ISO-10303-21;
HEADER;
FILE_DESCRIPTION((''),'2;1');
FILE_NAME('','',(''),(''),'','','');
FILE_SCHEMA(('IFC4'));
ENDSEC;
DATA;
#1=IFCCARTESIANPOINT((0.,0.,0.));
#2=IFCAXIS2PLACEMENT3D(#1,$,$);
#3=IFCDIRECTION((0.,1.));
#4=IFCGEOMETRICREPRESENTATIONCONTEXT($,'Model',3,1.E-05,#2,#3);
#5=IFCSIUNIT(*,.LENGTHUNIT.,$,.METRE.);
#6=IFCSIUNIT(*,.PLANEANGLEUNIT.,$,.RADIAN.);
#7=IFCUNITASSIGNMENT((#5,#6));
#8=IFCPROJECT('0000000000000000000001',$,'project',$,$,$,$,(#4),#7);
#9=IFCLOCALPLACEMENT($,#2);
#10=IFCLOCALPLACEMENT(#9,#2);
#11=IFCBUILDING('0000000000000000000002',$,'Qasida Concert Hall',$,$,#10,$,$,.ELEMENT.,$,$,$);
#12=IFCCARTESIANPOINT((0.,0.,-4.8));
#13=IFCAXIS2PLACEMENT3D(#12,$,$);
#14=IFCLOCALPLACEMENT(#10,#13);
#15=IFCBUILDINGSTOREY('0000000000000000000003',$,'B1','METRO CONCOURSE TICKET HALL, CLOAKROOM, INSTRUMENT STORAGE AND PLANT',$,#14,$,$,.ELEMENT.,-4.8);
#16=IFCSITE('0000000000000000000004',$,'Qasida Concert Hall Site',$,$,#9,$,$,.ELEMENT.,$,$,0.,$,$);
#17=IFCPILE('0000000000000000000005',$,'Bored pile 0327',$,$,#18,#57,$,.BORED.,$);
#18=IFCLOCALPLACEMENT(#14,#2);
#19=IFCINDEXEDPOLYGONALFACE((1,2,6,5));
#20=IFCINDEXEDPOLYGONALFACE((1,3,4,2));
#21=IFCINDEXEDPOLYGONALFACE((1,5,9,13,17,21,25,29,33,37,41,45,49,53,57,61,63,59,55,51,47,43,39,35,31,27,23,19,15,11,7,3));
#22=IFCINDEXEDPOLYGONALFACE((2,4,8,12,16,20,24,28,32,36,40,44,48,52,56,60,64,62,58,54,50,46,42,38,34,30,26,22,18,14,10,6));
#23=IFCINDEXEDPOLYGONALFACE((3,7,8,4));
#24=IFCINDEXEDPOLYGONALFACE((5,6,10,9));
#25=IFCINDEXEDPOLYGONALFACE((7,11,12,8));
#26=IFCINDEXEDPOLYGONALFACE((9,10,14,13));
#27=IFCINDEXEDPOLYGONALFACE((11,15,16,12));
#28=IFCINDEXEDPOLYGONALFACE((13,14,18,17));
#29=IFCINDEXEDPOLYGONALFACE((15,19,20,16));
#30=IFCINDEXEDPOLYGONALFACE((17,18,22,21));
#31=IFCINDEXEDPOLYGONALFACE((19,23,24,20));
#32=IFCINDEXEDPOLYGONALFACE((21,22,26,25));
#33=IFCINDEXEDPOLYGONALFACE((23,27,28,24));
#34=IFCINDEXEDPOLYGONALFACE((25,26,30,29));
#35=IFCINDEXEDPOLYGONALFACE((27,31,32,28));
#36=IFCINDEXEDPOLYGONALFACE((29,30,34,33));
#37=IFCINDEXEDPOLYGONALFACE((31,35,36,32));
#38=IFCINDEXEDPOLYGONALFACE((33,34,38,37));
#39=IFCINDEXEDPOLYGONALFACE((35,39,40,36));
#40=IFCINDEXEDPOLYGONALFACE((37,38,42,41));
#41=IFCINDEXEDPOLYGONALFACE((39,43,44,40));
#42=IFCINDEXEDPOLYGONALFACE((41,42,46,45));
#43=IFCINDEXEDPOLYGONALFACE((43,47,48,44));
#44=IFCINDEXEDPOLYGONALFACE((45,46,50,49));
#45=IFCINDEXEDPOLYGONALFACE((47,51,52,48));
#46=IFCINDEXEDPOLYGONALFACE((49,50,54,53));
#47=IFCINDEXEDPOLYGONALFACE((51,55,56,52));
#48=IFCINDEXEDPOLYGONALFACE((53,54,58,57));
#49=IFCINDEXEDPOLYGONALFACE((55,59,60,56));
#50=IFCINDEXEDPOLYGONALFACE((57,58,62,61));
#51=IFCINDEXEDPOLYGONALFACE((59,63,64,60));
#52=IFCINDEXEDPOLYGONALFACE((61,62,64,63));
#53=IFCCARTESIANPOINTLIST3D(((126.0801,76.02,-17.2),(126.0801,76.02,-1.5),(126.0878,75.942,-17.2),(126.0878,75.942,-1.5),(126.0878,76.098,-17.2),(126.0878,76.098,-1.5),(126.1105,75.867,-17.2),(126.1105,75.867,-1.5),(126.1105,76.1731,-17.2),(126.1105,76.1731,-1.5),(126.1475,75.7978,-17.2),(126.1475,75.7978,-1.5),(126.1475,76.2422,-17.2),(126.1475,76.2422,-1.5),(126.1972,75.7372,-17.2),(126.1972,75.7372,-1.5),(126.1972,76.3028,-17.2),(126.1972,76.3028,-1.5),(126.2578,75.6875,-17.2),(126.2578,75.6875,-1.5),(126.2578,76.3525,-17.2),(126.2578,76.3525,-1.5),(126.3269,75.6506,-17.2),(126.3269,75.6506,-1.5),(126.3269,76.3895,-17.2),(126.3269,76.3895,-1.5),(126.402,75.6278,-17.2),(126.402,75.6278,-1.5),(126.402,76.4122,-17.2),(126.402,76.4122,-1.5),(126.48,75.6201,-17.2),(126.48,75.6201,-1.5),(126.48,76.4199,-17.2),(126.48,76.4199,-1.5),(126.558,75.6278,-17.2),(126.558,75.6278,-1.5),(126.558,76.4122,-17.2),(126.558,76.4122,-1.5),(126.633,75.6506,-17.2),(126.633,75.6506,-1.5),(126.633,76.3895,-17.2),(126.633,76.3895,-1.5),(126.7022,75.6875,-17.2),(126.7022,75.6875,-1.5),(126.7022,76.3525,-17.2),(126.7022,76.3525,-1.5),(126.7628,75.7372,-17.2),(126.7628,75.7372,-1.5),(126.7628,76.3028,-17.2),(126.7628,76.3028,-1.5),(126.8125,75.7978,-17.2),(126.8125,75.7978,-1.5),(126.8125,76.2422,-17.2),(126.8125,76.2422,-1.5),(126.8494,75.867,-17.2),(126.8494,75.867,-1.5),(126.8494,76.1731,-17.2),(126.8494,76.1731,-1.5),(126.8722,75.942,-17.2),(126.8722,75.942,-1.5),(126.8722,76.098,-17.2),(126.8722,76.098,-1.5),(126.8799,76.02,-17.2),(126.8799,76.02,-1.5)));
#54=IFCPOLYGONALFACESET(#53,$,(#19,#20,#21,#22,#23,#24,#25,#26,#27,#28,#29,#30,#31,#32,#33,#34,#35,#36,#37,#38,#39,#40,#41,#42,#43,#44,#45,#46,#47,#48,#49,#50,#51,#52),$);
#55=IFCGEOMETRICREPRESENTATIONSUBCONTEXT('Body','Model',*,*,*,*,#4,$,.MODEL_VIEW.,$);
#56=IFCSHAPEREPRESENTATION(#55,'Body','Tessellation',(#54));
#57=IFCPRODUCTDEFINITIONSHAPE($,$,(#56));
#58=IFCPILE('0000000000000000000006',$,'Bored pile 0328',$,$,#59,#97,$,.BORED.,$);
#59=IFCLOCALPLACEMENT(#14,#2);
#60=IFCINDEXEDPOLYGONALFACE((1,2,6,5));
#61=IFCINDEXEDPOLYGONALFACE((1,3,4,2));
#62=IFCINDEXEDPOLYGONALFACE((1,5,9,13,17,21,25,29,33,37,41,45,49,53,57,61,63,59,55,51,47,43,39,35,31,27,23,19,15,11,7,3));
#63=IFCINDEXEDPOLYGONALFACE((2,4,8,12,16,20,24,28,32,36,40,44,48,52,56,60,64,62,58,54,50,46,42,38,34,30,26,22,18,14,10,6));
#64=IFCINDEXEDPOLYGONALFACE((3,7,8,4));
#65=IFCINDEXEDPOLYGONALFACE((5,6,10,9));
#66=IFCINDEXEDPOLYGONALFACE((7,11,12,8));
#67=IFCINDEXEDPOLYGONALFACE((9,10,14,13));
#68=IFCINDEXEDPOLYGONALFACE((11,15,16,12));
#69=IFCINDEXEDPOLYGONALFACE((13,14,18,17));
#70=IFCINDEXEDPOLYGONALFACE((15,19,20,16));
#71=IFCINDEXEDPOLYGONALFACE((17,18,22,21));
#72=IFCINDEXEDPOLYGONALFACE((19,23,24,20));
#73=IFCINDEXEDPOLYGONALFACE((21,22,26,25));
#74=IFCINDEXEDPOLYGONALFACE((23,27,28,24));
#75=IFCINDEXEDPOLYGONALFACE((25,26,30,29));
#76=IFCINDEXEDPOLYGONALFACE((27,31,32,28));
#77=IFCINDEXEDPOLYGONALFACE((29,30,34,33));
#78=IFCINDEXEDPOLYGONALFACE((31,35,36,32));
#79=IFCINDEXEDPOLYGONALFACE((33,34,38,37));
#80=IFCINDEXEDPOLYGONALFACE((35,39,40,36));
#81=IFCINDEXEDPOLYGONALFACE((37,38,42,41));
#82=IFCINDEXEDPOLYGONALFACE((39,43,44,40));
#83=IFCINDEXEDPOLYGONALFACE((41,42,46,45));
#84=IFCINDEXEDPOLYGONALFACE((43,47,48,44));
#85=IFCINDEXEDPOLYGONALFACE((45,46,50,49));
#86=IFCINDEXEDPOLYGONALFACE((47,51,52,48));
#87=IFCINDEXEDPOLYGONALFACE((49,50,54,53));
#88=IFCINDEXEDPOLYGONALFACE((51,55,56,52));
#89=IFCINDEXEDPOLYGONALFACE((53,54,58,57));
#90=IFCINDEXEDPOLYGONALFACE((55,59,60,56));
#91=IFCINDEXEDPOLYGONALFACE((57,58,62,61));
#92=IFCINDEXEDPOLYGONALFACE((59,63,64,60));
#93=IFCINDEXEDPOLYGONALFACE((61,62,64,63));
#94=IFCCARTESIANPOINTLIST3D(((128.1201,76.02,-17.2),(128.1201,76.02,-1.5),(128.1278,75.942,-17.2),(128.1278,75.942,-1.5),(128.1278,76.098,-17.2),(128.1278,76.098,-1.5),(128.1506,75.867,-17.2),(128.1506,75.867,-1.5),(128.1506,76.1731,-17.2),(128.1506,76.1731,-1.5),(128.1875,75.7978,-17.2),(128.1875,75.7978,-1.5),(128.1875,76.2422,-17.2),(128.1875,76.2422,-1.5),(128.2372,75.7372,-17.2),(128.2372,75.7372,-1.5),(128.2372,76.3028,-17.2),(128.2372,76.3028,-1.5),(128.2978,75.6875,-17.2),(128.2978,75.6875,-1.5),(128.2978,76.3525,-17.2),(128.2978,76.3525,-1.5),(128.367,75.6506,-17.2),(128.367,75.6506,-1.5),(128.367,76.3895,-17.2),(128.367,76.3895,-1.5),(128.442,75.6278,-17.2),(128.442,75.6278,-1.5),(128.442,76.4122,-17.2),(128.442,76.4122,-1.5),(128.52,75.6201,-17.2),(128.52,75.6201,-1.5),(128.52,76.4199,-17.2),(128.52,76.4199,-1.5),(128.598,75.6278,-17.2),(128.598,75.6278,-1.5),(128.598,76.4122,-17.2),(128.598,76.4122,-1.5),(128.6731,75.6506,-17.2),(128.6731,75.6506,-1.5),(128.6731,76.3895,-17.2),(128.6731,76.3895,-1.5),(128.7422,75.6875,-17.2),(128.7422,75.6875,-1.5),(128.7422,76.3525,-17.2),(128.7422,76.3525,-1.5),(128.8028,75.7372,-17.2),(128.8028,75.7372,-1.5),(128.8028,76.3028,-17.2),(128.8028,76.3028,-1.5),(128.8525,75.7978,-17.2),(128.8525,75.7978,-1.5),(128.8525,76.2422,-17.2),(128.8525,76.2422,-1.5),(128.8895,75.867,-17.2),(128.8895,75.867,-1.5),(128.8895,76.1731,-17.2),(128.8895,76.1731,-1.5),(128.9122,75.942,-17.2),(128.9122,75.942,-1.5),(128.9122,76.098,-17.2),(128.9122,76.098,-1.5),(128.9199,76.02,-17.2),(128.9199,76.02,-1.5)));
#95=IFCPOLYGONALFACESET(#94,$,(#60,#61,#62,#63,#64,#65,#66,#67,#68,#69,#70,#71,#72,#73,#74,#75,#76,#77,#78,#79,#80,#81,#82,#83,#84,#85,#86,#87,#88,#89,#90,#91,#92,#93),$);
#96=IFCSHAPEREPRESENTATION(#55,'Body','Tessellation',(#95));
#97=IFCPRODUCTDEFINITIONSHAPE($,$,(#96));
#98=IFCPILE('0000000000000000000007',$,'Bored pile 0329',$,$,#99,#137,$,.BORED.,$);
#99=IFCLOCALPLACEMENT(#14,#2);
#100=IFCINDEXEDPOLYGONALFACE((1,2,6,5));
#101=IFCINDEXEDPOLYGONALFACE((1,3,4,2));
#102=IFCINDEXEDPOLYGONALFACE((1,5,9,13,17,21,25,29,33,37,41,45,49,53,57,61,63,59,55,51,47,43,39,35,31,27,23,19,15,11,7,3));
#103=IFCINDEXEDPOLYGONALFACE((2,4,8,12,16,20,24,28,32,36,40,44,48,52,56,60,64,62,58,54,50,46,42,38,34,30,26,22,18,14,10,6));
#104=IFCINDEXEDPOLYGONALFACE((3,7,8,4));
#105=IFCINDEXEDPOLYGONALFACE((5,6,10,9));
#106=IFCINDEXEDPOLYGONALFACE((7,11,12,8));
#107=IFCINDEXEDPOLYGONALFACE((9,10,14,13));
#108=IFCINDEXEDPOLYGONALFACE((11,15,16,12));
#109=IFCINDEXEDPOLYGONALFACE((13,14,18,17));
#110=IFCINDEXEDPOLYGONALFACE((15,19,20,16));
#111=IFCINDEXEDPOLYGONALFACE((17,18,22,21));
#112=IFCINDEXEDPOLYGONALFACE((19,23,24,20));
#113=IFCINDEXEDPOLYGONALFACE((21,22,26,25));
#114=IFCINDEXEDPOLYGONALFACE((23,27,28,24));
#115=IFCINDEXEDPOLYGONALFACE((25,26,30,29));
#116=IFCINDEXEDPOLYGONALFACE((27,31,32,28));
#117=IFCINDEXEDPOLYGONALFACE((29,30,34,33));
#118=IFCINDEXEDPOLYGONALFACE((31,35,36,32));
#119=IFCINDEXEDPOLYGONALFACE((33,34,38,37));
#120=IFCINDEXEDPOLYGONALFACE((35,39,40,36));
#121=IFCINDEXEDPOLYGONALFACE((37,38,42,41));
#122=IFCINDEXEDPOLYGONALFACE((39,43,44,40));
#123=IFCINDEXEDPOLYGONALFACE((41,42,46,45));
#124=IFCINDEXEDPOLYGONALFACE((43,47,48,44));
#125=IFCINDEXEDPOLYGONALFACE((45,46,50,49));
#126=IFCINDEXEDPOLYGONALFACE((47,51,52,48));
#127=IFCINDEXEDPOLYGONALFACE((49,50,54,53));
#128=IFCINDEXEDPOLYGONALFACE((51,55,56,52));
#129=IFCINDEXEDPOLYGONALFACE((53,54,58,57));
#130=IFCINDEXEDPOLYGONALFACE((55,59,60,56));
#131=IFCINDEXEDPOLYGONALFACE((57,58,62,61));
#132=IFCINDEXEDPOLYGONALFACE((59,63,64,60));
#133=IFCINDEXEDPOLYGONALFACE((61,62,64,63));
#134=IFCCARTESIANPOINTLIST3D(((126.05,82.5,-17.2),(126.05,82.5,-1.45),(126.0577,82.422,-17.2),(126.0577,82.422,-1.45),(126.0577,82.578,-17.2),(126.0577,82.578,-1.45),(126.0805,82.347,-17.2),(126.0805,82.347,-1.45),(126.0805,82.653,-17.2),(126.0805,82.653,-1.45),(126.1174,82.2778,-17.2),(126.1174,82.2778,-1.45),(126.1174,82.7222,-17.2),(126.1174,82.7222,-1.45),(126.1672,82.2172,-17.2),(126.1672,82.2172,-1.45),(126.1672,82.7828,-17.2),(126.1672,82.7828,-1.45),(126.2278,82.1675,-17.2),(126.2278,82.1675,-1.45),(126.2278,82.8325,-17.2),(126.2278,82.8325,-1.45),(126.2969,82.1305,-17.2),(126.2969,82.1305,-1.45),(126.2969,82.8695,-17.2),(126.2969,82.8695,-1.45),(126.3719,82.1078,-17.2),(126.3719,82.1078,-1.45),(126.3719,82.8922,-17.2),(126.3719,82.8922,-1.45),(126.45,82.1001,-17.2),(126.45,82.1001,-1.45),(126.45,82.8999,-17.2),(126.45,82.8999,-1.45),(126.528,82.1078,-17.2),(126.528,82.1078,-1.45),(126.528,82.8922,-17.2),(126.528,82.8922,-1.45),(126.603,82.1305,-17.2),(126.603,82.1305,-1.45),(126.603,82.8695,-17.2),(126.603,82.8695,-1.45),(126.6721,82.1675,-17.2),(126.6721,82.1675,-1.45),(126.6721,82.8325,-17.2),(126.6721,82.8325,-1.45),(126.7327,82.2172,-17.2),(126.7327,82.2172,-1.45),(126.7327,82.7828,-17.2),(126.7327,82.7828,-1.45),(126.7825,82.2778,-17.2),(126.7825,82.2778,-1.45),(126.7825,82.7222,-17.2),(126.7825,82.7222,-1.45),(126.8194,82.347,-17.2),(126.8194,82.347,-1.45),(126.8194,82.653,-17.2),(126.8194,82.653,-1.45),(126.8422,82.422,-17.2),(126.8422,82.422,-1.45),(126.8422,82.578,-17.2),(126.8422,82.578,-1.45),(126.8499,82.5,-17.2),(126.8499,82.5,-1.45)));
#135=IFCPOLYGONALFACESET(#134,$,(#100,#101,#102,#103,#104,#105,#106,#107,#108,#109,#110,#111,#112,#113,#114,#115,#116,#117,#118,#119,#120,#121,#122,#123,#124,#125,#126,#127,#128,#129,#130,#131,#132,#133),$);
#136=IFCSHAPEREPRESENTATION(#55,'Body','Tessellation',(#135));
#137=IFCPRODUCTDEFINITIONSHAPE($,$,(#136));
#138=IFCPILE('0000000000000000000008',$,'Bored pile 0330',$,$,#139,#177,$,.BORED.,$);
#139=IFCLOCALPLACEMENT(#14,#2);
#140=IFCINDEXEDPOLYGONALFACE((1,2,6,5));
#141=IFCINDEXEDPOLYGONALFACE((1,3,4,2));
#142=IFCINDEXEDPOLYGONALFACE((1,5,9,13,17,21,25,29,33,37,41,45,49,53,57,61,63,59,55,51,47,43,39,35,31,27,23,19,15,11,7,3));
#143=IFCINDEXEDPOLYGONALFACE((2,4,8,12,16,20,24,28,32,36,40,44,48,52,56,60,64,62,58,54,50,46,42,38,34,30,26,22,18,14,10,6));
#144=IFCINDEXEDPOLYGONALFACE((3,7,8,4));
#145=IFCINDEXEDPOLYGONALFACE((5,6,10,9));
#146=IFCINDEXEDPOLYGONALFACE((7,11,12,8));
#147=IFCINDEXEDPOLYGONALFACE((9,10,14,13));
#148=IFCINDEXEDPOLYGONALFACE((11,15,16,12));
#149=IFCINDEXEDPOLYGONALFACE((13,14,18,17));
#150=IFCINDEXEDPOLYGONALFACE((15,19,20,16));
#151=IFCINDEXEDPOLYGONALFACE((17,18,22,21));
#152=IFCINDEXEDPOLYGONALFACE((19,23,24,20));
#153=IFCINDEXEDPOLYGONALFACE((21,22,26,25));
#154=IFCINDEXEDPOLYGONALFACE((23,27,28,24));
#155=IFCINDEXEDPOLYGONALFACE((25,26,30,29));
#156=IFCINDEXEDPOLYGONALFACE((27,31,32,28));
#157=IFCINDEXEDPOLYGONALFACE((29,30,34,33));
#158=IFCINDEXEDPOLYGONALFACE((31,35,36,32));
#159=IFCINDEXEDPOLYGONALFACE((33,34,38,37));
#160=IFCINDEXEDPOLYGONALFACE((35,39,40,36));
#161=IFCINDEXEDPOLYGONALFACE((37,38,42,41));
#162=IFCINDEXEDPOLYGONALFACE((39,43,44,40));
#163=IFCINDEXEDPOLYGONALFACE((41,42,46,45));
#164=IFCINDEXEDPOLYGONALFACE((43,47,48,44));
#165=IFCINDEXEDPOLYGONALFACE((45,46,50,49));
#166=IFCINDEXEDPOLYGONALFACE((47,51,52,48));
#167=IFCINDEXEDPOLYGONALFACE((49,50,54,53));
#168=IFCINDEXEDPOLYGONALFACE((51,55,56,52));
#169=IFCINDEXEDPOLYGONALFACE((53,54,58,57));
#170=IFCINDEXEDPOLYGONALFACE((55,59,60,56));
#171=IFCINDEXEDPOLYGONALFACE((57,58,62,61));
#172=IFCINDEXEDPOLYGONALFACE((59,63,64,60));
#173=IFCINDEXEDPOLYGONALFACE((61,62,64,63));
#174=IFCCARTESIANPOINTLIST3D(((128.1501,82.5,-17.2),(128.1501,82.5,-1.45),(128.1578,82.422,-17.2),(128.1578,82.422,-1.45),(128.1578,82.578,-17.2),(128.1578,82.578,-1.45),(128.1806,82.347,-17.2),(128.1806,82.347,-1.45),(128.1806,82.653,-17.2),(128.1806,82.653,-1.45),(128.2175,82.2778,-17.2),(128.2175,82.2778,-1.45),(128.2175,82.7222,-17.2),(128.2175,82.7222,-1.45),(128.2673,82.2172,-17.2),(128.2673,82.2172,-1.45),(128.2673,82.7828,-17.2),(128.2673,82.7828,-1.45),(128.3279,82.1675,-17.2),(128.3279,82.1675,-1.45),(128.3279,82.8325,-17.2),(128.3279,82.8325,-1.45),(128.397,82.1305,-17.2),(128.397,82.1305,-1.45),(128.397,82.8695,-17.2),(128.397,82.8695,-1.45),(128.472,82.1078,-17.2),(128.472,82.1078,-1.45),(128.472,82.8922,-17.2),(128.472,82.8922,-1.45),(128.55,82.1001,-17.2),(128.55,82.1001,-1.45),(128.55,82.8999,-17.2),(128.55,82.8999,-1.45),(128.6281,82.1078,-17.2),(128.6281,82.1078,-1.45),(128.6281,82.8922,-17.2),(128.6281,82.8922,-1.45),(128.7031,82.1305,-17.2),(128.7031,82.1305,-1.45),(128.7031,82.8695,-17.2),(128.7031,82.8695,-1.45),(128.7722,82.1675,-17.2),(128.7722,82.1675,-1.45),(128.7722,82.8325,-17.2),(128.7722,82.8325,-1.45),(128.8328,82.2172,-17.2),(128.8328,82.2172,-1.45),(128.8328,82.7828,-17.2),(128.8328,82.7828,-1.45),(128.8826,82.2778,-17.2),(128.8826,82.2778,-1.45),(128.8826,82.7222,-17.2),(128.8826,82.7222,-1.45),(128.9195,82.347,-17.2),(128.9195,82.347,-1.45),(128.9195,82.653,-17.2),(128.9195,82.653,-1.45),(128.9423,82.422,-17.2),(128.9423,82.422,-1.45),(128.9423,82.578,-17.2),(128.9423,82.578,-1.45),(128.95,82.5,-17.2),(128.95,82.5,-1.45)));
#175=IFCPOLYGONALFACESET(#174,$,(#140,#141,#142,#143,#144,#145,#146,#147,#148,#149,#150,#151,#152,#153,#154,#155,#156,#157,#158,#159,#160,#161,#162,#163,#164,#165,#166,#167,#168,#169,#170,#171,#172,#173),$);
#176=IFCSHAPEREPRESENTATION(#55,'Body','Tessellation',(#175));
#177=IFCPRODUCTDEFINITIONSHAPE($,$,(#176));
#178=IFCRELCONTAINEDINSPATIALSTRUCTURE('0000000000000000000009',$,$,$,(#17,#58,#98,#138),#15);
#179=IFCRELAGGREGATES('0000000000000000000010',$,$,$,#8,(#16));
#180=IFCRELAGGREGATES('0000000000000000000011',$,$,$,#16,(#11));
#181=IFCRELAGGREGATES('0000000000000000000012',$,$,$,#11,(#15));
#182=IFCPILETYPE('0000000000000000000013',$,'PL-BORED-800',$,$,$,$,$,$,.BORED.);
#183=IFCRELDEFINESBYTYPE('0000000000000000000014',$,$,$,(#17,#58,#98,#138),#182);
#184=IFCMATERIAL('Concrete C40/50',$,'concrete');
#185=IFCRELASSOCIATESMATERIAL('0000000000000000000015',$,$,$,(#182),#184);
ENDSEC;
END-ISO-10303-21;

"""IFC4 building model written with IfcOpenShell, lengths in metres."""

from ifc_helpers import new_model, si_unit, direction, frame, origin, origin_2d, place, context, subcontext, project, spatial, circle, extrude, material, material_profile, profile_set, type_object, element, save


model = new_model("IFC4")

# Units and contexts
model_context = context("Model", 3, precision=1e-05, world=origin(), true_north=direction((0.0, 1.0)))
body_context = subcontext(model_context, "Body", "Model", "MODEL_VIEW")
ifc_project = project(units=[si_unit("LENGTHUNIT", "METRE"), si_unit("PLANEANGLEUNIT", "RADIAN")], contexts=[model_context])

# Site, building, storey
site_placement = place(None, origin())
site = spatial("IfcSite", under=ifc_project, at=site_placement, Name="Qasida Concert Hall Site", CompositionType="ELEMENT", RefElevation=0.0)
building_placement = place(site_placement, origin())
building = spatial("IfcBuilding", under=site, at=building_placement, Name="Qasida Concert Hall", CompositionType="ELEMENT")
storey_placement = place(building_placement, frame((0.0, 0.0, -4.8)))
storey = spatial("IfcBuildingStorey", under=building, at=storey_placement, Name="B1", Description="METRO CONCOURSE TICKET HALL, CLOAKROOM, INSTRUMENT STORAGE AND PLANT", CompositionType="ELEMENT", Elevation=-4.8)

# Shared definitions
ifc_material_1 = material(Name="Concrete C40/50", Category="concrete")

# Piles
ifc_material_profile_1 = material_profile(ifc_material_1, circle(Radius=0.3999, at=origin_2d()), Name="BORED PILE D800")
ifc_profile_set_1 = profile_set([ifc_material_profile_1], Name="Concrete C40/50")
pile_type_1 = type_object("IfcPileType", Name="PL-BORED-800", PredefinedType="BORED", material=ifc_profile_set_1)
for number, where, z_axis, x_axis, name in (
    (1, (126.48, 76.02, -1.5), (0.0, 0.0, -1.0), (1.0, 0.0, 0.0), "Bored pile 0327"),
    (2, (128.52, 76.02, -1.5), (0.0, 0.0, -1.0), (1.0, 0.0, 0.0), "Bored pile 0328"),
):
    element("IfcPile", number, at=place(storey_placement, frame(where, z_axis=z_axis, x_axis=x_axis)), inside=storey, type_object=pile_type_1, Name=name, PredefinedType="BORED", context=body_context, shape_type="SweptSolid", body=[
        extrude(circle(Radius=0.3999, at=origin_2d()), origin(), (0.0, 0.0, 1.0), 15.7),
    ])
for number, where, z_axis, x_axis, name in (
    (3, (126.45, 82.5, -1.45), (0.0, 0.0, -1.0), (1.0, 0.0, 0.0), "Bored pile 0329"),
    (4, (128.55, 82.5, -1.45), (0.0, 0.0, -1.0), (1.0, 0.0, 0.0), "Bored pile 0330"),
):
    element("IfcPile", number, at=place(storey_placement, frame(where, z_axis=z_axis, x_axis=x_axis)), inside=storey, type_object=pile_type_1, Name=name, PredefinedType="BORED", context=body_context, shape_type="SweptSolid", body=[
        extrude(circle(Radius=0.3999, at=origin_2d()), origin(), (0.0, 0.0, 1.0), 15.75),
    ])

save(model, "model.ifc")
